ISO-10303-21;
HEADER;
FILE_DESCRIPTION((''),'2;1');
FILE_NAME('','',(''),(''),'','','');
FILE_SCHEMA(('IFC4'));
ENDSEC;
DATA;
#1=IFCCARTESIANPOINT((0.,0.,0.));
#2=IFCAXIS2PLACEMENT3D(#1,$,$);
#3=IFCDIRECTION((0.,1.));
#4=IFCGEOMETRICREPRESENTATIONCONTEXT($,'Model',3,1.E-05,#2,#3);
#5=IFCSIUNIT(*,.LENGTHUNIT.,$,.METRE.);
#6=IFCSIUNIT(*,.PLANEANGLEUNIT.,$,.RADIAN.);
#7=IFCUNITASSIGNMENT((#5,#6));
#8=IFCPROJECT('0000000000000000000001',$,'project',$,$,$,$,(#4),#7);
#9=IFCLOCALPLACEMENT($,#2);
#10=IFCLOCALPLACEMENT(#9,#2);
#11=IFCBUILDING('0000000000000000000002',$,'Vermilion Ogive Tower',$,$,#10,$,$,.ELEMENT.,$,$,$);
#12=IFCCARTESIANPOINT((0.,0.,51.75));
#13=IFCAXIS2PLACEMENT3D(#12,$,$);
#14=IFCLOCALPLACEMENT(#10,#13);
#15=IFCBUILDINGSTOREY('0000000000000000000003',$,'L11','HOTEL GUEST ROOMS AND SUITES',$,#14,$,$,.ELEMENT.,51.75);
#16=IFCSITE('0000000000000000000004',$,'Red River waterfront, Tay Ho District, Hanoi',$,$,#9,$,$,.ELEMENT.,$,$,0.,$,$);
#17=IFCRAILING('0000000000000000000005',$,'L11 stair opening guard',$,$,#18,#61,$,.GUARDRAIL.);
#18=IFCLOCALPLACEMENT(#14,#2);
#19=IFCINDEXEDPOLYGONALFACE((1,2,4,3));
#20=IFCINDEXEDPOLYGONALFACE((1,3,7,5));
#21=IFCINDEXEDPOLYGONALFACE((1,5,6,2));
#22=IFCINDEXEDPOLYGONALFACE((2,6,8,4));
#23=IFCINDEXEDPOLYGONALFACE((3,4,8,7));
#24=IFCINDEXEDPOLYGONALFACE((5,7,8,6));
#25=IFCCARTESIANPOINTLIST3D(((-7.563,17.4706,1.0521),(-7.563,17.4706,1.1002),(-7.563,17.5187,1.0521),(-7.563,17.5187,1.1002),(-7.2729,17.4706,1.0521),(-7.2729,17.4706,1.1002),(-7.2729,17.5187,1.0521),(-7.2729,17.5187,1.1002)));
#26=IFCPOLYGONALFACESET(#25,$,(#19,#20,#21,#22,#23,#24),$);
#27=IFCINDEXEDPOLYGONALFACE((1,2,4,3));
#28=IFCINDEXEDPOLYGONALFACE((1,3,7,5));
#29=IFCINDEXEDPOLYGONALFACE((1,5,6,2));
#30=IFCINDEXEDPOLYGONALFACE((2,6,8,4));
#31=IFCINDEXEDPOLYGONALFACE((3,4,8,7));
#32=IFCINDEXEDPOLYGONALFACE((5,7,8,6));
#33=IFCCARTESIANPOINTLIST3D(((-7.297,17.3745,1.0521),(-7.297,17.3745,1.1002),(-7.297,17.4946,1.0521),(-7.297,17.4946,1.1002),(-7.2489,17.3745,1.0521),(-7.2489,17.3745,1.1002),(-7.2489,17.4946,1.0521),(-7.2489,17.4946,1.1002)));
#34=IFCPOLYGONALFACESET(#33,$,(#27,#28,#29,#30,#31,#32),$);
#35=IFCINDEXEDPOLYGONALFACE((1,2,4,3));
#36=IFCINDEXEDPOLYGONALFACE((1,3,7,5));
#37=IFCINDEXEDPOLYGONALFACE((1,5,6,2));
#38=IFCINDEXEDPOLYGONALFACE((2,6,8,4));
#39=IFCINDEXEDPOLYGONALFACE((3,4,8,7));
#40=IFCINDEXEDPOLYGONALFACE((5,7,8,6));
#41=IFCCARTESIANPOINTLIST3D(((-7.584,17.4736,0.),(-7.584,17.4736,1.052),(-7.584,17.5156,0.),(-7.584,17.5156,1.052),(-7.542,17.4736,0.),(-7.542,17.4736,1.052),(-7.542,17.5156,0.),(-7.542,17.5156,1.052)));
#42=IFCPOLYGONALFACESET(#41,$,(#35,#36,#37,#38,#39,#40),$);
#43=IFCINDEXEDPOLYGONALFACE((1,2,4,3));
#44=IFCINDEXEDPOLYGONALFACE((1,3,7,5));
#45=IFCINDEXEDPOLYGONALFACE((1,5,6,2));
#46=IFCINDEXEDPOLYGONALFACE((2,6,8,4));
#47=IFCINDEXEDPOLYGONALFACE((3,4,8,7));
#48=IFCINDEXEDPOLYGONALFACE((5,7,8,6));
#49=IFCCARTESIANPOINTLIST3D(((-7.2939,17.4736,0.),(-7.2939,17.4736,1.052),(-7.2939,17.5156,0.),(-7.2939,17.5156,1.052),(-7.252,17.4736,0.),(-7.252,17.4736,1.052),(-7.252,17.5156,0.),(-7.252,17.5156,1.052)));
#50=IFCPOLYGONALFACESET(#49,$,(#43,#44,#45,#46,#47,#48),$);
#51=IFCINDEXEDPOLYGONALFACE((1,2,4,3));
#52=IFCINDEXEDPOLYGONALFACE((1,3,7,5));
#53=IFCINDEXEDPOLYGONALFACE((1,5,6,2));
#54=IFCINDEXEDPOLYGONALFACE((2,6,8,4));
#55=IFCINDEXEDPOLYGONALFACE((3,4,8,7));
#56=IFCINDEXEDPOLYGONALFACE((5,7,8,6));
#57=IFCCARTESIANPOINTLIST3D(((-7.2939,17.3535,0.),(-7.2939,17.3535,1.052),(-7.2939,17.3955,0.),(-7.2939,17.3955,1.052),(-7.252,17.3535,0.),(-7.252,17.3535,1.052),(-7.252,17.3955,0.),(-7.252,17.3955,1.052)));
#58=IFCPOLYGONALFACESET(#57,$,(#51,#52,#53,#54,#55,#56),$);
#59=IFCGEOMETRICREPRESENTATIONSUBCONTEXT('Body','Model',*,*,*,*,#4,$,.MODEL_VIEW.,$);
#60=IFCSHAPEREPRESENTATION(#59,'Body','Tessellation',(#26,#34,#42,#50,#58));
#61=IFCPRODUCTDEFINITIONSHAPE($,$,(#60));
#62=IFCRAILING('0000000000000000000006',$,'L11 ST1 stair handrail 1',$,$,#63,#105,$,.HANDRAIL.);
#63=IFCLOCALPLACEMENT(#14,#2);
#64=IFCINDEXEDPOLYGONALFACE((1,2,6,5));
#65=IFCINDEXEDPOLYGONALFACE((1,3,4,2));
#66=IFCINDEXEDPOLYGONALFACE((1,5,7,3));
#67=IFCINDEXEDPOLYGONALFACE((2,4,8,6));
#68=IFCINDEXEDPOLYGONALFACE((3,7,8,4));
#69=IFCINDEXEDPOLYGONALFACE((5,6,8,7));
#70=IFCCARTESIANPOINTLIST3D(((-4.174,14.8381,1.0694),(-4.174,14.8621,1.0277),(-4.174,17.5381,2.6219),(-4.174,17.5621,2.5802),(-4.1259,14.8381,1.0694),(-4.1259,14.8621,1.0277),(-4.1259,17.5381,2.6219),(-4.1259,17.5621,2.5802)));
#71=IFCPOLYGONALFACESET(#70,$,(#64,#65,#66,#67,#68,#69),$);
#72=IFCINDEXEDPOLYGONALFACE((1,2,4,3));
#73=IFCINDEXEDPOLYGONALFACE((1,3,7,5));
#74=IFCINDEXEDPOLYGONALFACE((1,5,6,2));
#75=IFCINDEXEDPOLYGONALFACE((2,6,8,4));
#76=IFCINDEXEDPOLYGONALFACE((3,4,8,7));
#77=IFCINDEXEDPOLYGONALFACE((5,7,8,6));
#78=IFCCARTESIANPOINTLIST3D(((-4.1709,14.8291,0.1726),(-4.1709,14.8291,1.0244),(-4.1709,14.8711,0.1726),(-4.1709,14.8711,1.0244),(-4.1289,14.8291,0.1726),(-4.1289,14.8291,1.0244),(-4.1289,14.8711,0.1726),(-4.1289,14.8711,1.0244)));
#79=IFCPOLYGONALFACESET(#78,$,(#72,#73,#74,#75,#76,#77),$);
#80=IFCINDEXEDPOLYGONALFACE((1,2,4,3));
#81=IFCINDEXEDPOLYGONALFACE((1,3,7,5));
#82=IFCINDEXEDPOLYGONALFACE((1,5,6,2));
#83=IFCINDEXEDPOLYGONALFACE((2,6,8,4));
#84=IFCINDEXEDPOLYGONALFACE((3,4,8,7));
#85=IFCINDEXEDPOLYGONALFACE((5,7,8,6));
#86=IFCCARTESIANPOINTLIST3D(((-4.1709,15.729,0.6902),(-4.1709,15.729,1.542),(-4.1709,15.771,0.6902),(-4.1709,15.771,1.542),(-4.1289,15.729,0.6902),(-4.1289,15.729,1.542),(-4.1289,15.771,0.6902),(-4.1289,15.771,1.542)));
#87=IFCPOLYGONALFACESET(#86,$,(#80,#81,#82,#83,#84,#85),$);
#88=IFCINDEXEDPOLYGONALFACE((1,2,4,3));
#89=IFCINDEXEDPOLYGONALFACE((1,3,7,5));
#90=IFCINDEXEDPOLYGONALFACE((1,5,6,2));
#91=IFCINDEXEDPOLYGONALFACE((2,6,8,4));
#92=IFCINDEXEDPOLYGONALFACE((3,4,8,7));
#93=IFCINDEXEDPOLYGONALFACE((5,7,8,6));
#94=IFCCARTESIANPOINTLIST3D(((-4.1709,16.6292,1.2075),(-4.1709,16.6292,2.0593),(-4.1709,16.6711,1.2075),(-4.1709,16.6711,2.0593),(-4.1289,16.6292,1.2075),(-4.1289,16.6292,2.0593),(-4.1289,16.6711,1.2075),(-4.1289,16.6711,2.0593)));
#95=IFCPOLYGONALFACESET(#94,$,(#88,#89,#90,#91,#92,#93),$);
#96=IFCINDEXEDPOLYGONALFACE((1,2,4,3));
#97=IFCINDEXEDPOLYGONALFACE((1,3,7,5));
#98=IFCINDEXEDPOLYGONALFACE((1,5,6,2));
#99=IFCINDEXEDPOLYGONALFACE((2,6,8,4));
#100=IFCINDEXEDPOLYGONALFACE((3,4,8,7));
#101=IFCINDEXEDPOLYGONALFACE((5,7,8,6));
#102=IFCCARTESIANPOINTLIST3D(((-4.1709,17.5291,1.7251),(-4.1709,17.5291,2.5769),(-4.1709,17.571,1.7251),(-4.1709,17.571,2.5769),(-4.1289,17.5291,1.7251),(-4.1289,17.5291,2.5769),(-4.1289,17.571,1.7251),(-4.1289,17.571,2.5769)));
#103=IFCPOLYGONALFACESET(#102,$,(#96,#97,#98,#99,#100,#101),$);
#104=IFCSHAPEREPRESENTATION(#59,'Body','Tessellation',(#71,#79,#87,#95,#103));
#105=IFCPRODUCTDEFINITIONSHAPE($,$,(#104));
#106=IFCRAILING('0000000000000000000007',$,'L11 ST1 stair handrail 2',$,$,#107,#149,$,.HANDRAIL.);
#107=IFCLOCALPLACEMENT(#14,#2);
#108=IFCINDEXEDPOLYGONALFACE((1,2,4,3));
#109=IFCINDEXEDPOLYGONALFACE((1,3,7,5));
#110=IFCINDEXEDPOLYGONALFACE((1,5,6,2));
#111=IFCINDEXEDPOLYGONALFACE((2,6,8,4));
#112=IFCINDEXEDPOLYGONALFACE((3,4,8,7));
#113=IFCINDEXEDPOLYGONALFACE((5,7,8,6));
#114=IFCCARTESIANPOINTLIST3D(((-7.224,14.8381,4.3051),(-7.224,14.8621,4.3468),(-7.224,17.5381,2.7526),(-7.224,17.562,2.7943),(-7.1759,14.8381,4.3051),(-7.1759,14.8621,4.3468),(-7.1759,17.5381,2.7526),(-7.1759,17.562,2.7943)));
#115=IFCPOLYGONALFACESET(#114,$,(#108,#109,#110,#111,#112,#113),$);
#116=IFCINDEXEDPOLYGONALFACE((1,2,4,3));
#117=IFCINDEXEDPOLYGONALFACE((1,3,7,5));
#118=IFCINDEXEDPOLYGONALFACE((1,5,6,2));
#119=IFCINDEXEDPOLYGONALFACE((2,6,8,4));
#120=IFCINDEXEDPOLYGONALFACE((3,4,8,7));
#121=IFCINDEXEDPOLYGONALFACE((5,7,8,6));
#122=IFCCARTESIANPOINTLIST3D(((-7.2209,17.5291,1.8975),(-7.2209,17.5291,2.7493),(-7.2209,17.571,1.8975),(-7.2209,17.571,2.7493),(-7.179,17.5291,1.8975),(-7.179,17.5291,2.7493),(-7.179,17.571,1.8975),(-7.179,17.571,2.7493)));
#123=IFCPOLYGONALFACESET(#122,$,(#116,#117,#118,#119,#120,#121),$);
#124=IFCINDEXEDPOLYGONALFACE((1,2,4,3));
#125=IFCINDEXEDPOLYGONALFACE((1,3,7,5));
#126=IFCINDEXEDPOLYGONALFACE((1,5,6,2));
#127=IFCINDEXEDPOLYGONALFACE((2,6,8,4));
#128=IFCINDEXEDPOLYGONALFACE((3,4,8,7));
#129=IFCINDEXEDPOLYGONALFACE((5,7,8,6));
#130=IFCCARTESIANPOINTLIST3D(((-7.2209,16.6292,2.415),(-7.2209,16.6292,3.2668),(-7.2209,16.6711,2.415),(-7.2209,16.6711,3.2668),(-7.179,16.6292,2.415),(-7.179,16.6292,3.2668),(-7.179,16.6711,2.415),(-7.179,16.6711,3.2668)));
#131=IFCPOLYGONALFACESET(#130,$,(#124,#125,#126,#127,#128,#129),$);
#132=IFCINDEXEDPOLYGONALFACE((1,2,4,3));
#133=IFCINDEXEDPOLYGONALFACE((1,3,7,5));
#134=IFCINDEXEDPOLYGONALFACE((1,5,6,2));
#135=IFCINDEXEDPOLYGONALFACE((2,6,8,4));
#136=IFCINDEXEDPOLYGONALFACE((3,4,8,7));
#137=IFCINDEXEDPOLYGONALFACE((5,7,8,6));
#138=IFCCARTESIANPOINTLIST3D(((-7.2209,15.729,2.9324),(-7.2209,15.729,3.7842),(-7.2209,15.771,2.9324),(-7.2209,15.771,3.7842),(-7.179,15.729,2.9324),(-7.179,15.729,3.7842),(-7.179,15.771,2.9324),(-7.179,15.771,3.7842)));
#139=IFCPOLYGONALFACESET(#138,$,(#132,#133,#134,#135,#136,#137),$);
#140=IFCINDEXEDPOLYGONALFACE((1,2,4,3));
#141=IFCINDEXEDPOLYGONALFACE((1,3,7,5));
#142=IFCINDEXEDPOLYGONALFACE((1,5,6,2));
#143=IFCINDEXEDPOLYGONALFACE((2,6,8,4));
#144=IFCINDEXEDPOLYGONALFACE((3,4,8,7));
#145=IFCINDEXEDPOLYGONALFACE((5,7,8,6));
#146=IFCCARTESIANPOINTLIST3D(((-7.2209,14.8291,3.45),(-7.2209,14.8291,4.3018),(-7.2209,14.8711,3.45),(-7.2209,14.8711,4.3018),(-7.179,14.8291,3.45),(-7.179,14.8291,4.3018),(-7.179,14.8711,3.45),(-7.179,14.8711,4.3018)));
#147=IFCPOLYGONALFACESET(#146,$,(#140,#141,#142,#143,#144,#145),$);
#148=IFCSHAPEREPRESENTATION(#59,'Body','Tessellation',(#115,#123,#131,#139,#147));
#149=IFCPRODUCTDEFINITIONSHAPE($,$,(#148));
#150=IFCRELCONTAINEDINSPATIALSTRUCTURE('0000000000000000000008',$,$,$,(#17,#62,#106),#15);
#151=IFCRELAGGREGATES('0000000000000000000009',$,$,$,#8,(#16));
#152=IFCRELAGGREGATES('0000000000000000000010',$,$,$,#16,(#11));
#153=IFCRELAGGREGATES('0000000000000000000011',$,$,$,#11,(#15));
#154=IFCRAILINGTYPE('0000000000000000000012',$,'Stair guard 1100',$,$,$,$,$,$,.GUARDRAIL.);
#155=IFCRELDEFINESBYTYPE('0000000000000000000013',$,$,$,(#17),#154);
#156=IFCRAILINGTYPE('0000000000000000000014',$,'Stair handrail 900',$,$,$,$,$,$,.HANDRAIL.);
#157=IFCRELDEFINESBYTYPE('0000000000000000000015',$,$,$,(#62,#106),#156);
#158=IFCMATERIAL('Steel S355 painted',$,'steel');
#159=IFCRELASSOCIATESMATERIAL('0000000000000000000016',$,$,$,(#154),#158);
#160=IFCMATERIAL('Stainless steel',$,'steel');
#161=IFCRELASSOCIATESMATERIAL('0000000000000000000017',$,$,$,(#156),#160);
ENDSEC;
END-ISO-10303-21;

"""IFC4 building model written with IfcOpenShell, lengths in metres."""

from ifc_helpers import new_model, si_unit, direction, frame, origin, origin_2d, place, context, subcontext, project, spatial, rectangle, extrude, material, type_object, element, save


model = new_model("IFC4")

# Units and contexts
model_context = context("Model", 3, precision=1e-05, world=origin(), true_north=direction((0.0, 1.0)))
body_context = subcontext(model_context, "Body", "Model", "MODEL_VIEW")
ifc_project = project(units=[si_unit("LENGTHUNIT", "METRE"), si_unit("PLANEANGLEUNIT", "RADIAN")], contexts=[model_context])

# Site, building, storey
site_placement = place(None, origin())
site = spatial("IfcSite", under=ifc_project, at=site_placement, Name="Red River waterfront, Tay Ho District, Hanoi", CompositionType="ELEMENT", RefElevation=0.0)
building_placement = place(site_placement, origin())
building = spatial("IfcBuilding", under=site, at=building_placement, Name="Vermilion Ogive Tower", CompositionType="ELEMENT")
storey_placement = place(building_placement, frame((0.0, 0.0, 51.75)))
storey = spatial("IfcBuildingStorey", under=building, at=storey_placement, Name="L11", Description="HOTEL GUEST ROOMS AND SUITES", CompositionType="ELEMENT", Elevation=51.75)

# Railings
ifc_material_1 = material(Name="Steel S355 painted", Category="steel")
railing_type_1 = type_object("IfcRailingType", Name="Stair guard 1100", PredefinedType="GUARDRAIL", material=ifc_material_1)
railing_1_placement = place(storey_placement, frame((-7.563, 17.4946, 0.0)))
element("IfcRailing", 1, at=railing_1_placement, inside=storey, type_object=railing_type_1, Name="L11 stair opening guard", PredefinedType="GUARDRAIL", context=body_context, shape_type="SweptSolid", body=[
    extrude(rectangle(XDim=0.0481, YDim=0.0481, at=origin_2d()), frame((0.0, 0.0, 1.0762), z_axis=(1.0, 0.0, 0.0), x_axis=(0.0, 1.0, 0.0)), (0.0, 0.0, 1.0), 0.29),
    extrude(rectangle(XDim=0.0481, YDim=0.0481, at=origin_2d()), frame((0.29, 0.0, 1.0762), z_axis=(0.0, -1.0, 0.0), x_axis=(1.0, 0.0, 0.0)), (0.0, 0.0, 1.0), 0.1201),
    extrude(rectangle(XDim=0.042, YDim=0.042, at=origin_2d()), origin(), (0.0, 0.0, 1.0), 1.052),
    extrude(rectangle(XDim=0.042, YDim=0.042, at=origin_2d()), frame((0.29, 0.0, 0.0)), (0.0, 0.0, 1.0), 1.052),
    extrude(rectangle(XDim=0.042, YDim=0.042, at=origin_2d()), frame((0.29, -0.1201, 0.0)), (0.0, 0.0, 1.0), 1.052),
])
ifc_material_2 = material(Name="Stainless steel", Category="steel")
railing_type_2 = type_object("IfcRailingType", Name="Stair handrail 900", PredefinedType="HANDRAIL", material=ifc_material_2)
railing_2_placement = place(storey_placement, frame((-4.1499, 14.8501, 0.1726)))
element("IfcRailing", 2, at=railing_2_placement, inside=storey, type_object=railing_type_2, Name="L11 ST1 stair handrail 1", PredefinedType="HANDRAIL", context=body_context, shape_type="SweptSolid", body=[
    extrude(rectangle(XDim=0.0481, YDim=0.0481, at=origin_2d()), frame((0.0, 0.0, 0.876), z_axis=(0.0, 0.866904, 0.498476), x_axis=(-1.0, 0.0, 0.0)), (0.0, 0.0, 1.0), 3.1145),
    extrude(rectangle(XDim=0.042, YDim=0.042, at=origin_2d()), origin(), (0.0, 0.0, 1.0), 0.8518),
    extrude(rectangle(XDim=0.042, YDim=0.042, at=origin_2d()), frame((0.0, 0.8999, 0.5176)), (0.0, 0.0, 1.0), 0.8518),
    extrude(rectangle(XDim=0.042, YDim=0.042, at=origin_2d()), frame((0.0, 1.8, 1.0349)), (0.0, 0.0, 1.0), 0.8518),
    extrude(rectangle(XDim=0.042, YDim=0.042, at=origin_2d()), frame((0.0, 2.7, 1.5525)), (0.0, 0.0, 1.0), 0.8518),
])
railing_3_placement = place(storey_placement, frame((-7.2, 17.55, 1.8975)))
element("IfcRailing", 3, at=railing_3_placement, inside=storey, type_object=railing_type_2, Name="L11 ST1 stair handrail 2", PredefinedType="HANDRAIL", context=body_context, shape_type="SweptSolid", body=[
    extrude(rectangle(XDim=0.0481, YDim=0.0481, at=origin_2d()), frame((0.0, 0.0, 0.876), z_axis=(0.0, -0.866904, 0.498476), x_axis=(1.0, 0.0, 0.0)), (0.0, 0.0, 1.0), 3.1145),
    extrude(rectangle(XDim=0.042, YDim=0.042, at=origin_2d()), origin(), (0.0, 0.0, 1.0), 0.8518),
    extrude(rectangle(XDim=0.042, YDim=0.042, at=origin_2d()), frame((0.0, -0.8999, 0.5176)), (0.0, 0.0, 1.0), 0.8518),
    extrude(rectangle(XDim=0.042, YDim=0.042, at=origin_2d()), frame((0.0, -1.8, 1.0349)), (0.0, 0.0, 1.0), 0.8518),
    extrude(rectangle(XDim=0.042, YDim=0.042, at=origin_2d()), frame((0.0, -2.7, 1.5525)), (0.0, 0.0, 1.0), 0.8518),
])

save(model, "model.ifc")
